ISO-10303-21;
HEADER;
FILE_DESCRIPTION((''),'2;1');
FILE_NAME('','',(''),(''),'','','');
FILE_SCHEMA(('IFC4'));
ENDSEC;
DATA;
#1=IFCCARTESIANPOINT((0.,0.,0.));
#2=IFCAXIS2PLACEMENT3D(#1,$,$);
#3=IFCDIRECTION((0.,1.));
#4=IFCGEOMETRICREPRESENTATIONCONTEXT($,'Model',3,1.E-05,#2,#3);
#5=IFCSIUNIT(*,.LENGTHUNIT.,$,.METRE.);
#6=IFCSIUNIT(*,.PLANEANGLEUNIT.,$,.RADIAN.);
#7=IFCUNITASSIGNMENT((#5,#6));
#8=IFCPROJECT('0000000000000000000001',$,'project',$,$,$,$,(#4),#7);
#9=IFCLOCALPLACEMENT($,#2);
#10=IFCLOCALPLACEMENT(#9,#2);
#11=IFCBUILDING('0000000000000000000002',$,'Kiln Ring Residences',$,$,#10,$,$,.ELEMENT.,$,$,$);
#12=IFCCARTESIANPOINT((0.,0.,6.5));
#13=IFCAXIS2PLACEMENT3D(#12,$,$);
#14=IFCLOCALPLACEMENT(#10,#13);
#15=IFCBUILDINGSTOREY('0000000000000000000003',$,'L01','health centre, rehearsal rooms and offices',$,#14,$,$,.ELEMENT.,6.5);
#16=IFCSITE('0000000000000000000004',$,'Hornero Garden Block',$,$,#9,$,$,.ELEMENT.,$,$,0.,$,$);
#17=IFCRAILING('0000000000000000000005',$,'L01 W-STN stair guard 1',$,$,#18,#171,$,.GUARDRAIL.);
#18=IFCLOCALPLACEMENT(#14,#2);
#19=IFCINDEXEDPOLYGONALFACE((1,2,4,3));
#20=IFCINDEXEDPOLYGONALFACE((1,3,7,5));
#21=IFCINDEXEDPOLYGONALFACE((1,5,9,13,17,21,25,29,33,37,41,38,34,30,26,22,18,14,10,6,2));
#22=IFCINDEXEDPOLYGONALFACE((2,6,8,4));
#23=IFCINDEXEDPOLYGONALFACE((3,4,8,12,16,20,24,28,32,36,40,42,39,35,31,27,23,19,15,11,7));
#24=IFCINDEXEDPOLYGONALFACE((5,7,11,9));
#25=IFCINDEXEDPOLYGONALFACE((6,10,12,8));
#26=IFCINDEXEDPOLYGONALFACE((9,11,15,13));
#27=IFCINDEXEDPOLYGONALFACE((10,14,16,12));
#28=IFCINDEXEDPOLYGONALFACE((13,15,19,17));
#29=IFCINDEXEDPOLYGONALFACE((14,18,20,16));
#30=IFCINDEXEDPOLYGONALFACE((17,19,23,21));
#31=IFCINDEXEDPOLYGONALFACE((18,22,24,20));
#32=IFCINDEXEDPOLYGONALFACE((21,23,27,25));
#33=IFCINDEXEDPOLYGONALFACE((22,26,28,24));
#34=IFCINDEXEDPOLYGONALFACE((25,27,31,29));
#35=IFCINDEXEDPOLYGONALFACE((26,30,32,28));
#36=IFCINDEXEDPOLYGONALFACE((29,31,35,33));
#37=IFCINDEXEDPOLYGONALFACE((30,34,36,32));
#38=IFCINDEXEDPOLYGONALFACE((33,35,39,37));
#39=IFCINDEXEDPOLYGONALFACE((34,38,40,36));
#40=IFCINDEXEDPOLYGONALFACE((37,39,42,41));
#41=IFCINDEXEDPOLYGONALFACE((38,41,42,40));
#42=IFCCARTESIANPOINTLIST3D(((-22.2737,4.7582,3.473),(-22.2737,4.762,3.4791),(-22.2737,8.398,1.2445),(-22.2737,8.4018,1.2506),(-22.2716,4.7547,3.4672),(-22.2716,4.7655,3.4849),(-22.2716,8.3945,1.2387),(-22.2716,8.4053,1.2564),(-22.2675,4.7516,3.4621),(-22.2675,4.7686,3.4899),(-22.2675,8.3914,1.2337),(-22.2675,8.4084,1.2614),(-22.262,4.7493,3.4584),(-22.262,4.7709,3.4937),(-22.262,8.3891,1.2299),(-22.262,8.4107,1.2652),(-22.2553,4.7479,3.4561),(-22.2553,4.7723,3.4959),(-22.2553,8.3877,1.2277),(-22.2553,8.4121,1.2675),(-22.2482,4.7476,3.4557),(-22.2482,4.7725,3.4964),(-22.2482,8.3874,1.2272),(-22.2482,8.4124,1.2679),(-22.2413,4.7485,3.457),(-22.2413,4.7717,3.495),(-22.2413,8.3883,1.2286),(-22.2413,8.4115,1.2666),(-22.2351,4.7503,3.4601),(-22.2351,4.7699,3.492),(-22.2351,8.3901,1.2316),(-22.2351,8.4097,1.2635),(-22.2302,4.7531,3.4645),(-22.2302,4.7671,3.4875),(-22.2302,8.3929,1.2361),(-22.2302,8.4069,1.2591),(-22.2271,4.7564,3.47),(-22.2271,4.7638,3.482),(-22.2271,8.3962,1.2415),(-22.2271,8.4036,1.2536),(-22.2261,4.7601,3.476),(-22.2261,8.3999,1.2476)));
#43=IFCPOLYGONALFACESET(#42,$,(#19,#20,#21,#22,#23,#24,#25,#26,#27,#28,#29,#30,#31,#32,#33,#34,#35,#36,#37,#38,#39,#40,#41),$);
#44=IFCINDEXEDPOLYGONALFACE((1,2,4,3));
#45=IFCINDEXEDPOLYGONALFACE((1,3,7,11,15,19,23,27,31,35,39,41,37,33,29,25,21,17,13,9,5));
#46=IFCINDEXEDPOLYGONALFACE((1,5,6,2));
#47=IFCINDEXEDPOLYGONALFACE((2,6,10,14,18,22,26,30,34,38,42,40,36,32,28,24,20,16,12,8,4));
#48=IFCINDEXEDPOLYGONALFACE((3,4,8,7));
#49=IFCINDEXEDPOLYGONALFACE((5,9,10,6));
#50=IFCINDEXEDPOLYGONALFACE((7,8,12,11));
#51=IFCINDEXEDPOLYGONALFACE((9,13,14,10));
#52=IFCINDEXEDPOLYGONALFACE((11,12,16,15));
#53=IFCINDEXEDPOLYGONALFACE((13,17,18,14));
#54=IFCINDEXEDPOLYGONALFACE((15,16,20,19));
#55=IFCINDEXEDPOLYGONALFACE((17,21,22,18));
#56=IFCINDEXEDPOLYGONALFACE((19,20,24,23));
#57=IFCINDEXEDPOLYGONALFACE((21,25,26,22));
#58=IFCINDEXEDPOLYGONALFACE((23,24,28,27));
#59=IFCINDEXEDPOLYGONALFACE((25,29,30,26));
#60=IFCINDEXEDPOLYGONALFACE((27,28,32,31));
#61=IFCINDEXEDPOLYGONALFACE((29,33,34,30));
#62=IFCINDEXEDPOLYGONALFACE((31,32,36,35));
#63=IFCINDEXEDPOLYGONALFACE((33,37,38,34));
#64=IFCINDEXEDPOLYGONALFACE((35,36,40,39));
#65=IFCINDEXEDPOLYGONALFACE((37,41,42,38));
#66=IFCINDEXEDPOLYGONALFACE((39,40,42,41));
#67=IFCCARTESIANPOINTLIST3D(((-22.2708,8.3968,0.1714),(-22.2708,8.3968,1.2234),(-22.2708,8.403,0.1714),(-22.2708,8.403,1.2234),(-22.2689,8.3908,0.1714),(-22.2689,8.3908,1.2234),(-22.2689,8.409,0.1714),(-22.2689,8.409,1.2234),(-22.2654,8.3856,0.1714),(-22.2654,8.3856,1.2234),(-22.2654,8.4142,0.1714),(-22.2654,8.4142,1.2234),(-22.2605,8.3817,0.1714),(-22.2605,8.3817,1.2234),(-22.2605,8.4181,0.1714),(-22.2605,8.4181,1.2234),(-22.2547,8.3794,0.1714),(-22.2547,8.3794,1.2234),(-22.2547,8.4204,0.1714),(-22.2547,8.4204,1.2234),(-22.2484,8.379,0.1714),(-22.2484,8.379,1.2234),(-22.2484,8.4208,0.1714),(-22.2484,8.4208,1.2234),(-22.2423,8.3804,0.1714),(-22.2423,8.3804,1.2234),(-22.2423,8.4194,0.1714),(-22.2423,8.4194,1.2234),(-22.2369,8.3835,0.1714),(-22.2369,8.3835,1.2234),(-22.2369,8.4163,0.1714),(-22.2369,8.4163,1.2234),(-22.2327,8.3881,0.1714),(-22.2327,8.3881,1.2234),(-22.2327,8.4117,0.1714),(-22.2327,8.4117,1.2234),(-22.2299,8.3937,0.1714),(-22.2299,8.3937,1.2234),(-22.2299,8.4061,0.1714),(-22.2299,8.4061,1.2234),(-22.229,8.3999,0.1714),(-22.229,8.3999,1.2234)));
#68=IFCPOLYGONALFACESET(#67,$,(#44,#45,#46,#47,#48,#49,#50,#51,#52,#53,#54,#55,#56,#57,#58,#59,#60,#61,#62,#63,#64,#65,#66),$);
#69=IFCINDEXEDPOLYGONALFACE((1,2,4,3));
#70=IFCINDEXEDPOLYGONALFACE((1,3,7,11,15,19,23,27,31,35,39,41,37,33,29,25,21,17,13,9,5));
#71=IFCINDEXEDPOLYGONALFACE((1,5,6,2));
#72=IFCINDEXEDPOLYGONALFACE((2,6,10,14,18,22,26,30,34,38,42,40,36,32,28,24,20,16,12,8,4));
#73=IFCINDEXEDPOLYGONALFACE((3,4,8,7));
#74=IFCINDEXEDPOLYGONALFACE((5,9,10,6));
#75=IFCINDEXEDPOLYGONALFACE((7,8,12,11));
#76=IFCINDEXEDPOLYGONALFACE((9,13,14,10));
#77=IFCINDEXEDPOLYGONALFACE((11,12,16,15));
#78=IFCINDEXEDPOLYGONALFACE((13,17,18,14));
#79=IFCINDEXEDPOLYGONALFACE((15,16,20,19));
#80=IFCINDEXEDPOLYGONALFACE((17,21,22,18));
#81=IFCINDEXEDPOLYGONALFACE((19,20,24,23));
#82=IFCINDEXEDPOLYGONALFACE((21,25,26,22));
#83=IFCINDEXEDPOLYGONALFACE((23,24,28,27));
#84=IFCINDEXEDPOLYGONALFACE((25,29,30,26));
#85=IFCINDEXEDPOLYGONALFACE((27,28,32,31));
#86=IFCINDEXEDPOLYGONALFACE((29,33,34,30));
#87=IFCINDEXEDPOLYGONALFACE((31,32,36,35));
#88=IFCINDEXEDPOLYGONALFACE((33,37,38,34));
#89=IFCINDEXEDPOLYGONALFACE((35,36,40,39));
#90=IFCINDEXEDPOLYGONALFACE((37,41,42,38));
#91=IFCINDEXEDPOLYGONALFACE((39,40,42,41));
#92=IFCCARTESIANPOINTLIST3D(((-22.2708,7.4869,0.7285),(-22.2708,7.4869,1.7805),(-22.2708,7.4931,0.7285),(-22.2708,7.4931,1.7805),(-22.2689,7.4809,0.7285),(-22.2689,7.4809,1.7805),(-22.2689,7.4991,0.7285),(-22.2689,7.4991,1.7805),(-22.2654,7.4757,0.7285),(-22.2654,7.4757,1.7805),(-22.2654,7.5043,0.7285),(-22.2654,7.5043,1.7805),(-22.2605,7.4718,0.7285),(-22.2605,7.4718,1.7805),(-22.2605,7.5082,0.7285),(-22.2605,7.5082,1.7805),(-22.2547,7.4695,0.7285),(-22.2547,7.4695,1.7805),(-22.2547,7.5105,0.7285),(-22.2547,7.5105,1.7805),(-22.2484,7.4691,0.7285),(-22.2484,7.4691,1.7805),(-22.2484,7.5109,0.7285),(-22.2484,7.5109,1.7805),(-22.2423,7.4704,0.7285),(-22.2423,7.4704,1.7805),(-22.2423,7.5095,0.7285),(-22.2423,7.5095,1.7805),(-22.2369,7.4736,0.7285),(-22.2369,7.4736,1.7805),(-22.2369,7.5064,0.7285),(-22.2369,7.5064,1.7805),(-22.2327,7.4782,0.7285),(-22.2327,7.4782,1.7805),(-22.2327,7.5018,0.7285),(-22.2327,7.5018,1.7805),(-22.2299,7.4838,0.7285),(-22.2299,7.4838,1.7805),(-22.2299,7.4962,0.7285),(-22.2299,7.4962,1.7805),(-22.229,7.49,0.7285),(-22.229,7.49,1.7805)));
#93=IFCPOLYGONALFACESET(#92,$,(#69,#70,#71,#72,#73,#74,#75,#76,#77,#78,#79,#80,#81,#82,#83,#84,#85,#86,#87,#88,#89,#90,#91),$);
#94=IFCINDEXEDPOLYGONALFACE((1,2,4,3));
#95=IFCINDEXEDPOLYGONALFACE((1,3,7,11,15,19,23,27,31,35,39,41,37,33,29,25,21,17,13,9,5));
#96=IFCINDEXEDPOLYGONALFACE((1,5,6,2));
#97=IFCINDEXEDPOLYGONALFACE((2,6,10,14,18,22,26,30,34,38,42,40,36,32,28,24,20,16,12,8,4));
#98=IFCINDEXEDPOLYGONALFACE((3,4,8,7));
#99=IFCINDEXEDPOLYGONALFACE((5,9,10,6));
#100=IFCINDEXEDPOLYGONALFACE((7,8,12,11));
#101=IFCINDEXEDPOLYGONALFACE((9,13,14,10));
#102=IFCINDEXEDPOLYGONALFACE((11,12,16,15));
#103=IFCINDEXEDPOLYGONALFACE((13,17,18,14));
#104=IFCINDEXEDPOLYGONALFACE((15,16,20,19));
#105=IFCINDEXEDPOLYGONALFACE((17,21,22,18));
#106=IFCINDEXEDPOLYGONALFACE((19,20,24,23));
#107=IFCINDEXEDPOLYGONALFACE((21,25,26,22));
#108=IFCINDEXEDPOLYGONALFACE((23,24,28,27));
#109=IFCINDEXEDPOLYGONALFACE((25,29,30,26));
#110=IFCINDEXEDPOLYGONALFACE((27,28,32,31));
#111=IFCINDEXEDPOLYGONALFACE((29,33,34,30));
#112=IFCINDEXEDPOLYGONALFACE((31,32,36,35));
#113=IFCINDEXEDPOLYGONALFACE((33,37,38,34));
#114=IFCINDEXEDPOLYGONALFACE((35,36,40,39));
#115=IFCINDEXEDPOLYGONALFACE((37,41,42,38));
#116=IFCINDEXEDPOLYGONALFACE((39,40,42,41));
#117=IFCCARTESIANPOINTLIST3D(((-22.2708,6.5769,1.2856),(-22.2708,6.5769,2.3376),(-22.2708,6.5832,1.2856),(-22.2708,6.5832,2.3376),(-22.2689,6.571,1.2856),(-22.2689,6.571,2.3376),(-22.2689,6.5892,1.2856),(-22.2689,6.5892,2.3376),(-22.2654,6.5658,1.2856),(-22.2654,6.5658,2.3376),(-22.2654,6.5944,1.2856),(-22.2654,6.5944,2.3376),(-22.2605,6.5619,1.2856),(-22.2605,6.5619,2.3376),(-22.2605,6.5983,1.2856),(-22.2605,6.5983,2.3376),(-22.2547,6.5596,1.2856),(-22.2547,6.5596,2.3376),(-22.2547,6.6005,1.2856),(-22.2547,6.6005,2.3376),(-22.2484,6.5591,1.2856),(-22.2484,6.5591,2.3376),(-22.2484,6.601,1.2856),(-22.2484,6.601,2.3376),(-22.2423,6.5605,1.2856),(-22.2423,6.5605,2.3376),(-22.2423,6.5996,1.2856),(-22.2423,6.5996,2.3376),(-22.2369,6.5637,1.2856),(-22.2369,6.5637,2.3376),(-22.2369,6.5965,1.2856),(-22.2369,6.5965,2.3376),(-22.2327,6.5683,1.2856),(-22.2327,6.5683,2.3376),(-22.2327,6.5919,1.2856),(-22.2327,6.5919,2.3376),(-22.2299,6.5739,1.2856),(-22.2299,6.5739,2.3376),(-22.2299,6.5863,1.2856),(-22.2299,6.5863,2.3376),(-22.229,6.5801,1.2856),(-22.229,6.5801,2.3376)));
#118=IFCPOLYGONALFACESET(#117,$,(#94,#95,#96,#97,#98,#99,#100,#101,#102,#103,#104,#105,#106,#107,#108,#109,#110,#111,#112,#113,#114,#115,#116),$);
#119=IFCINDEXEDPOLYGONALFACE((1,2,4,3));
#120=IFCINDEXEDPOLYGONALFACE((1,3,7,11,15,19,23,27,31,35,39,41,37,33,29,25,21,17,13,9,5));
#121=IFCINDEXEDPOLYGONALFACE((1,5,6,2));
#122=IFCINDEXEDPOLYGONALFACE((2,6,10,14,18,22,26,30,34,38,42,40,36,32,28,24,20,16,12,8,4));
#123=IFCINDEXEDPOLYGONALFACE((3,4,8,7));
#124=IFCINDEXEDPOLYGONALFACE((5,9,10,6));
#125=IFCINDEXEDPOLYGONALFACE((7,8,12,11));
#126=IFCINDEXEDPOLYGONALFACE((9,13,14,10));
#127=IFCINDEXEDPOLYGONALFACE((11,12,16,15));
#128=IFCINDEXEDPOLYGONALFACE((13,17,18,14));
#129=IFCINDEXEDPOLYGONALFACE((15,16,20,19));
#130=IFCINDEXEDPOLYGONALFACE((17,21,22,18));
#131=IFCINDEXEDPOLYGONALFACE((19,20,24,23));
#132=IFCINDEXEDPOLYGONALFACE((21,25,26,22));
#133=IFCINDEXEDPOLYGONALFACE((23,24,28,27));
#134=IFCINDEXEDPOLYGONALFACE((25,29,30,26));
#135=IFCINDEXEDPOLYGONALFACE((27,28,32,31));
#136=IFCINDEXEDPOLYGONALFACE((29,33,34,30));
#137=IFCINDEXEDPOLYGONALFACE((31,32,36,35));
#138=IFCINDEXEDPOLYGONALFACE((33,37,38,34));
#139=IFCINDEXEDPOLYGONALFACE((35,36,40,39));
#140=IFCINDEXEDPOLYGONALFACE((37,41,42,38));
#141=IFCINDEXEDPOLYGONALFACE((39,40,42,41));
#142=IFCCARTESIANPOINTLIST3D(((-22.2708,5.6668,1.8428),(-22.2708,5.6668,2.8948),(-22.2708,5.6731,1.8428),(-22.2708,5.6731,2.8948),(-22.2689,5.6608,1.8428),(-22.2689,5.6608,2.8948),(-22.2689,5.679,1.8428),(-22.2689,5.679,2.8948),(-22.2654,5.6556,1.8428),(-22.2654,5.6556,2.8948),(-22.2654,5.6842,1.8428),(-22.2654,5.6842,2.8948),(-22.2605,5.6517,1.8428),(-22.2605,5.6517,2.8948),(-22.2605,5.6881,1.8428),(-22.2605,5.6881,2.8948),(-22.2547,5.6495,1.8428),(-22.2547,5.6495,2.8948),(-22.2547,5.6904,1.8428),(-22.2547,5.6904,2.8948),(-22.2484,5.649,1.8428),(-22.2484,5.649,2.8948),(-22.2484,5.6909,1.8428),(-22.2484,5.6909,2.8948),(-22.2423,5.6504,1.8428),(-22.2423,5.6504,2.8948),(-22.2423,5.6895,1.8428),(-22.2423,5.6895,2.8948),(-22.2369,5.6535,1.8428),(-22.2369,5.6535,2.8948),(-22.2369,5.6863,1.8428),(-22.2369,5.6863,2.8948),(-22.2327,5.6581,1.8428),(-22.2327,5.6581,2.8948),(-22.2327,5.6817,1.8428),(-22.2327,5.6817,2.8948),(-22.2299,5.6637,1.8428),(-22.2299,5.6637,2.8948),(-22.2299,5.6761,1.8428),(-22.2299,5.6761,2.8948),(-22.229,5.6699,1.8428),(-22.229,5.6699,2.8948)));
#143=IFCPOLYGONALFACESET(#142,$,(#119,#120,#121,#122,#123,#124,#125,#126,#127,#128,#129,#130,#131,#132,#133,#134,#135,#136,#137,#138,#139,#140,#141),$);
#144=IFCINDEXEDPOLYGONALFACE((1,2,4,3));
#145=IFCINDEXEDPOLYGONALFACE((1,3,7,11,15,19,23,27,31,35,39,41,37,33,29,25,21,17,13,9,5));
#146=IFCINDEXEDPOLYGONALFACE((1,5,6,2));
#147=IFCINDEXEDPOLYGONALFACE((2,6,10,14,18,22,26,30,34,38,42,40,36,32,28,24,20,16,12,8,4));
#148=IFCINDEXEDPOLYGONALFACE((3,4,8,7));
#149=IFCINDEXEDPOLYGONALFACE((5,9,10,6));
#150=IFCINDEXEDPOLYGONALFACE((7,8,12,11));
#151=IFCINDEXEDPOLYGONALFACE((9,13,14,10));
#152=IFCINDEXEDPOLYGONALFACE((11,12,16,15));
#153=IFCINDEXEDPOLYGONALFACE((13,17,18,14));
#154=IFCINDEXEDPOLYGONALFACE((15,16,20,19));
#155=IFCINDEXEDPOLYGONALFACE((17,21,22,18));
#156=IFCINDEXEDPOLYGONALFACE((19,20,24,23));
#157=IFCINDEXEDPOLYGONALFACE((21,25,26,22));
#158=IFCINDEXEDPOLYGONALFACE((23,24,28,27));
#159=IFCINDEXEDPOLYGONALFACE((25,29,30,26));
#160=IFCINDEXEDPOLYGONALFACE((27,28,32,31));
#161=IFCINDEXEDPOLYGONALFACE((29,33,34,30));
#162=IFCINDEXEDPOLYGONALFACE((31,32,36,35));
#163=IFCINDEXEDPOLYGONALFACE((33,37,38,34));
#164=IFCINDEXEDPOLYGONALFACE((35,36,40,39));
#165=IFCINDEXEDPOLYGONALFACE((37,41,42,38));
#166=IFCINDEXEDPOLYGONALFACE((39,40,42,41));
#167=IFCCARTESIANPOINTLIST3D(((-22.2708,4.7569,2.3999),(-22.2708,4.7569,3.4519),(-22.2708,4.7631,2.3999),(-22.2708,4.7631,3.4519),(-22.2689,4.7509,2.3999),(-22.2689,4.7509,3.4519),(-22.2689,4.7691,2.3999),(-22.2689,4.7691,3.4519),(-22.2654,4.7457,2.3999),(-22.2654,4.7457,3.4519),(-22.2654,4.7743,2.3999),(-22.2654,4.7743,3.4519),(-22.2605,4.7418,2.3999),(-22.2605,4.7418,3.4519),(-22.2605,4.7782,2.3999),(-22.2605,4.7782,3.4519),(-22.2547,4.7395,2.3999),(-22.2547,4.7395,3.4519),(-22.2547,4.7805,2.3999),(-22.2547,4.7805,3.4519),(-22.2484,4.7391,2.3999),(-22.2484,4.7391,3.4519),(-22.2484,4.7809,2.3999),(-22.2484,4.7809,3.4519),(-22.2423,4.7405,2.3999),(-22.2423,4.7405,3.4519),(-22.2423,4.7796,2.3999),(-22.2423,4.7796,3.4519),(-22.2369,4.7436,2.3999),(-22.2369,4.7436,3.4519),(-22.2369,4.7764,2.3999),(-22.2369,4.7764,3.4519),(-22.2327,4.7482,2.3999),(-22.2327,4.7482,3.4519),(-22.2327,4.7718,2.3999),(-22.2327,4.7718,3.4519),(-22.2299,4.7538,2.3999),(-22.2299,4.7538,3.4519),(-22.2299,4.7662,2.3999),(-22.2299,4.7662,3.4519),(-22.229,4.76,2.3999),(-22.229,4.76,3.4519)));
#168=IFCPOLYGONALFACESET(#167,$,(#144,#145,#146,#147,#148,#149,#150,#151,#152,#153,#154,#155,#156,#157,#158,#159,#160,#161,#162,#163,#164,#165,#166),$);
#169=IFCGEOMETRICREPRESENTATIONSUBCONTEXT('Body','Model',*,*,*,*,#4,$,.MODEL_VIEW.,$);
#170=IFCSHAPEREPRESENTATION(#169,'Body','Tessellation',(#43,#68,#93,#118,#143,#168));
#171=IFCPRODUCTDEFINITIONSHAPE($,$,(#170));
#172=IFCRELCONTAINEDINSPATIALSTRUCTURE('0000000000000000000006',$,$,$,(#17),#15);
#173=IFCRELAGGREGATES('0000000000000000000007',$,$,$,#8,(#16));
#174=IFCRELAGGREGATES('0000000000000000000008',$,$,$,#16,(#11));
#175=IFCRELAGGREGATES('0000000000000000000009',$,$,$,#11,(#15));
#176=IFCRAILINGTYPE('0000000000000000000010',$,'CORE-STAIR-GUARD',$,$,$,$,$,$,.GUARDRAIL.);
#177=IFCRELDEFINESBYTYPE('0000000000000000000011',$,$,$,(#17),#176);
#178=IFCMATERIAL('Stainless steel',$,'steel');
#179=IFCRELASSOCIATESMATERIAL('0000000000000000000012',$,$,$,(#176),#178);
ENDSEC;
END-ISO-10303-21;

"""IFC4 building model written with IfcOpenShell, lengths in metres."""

from ifc_helpers import new_model, si_unit, direction, frame, origin, origin_2d, place, context, subcontext, project, spatial, circle, extrude, material, type_object, element, save


model = new_model("IFC4")

# Units and contexts
model_context = context("Model", 3, precision=1e-05, world=origin(), true_north=direction((0.0, 1.0)))
body_context = subcontext(model_context, "Body", "Model", "MODEL_VIEW")
ifc_project = project(units=[si_unit("LENGTHUNIT", "METRE"), si_unit("PLANEANGLEUNIT", "RADIAN")], contexts=[model_context])

# Site, building, storey
site_placement = place(None, origin())
site = spatial("IfcSite", under=ifc_project, at=site_placement, Name="Hornero Garden Block", CompositionType="ELEMENT", RefElevation=0.0)
building_placement = place(site_placement, origin())
building = spatial("IfcBuilding", under=site, at=building_placement, Name="Kiln Ring Residences", CompositionType="ELEMENT")
storey_placement = place(building_placement, frame((0.0, 0.0, 6.5)))
storey = spatial("IfcBuildingStorey", under=building, at=storey_placement, Name="L01", Description="health centre, rehearsal rooms and offices", CompositionType="ELEMENT", Elevation=6.5)

# Railing
ifc_material_1 = material(Name="Stainless steel", Category="steel")
railing_type_1 = type_object("IfcRailingType", Name="CORE-STAIR-GUARD", PredefinedType="GUARDRAIL", material=ifc_material_1)
railing_1_placement = place(storey_placement, frame((-22.25, 8.3999, 0.1714)))
element("IfcRailing", 1, at=railing_1_placement, inside=storey, type_object=railing_type_1, Name="L01 W-STN stair guard 1", PredefinedType="GUARDRAIL", context=body_context, shape_type="SweptSolid", body=[
    extrude(circle(Radius=0.0239, at=origin_2d()), frame((0.0, 0.0, 1.0762), z_axis=(0.0, -0.85285, 0.522156), x_axis=(1.0, 0.0, 0.0)), (0.0, 0.0, 1.0), 4.2678),
    extrude(circle(Radius=0.021, at=origin_2d()), origin(), (0.0, 0.0, 1.0), 1.052),
    extrude(circle(Radius=0.021, at=origin_2d()), frame((0.0, -0.9099, 0.5571)), (0.0, 0.0, 1.0), 1.052),
    extrude(circle(Radius=0.021, at=origin_2d()), frame((0.0, -1.8198, 1.1143)), (0.0, 0.0, 1.0), 1.052),
    extrude(circle(Radius=0.021, at=origin_2d()), frame((0.0, -2.73, 1.6714)), (0.0, 0.0, 1.0), 1.052),
    extrude(circle(Radius=0.021, at=origin_2d()), frame((0.0, -3.6399, 2.2285)), (0.0, 0.0, 1.0), 1.052),
])

save(model, "model.ifc")
